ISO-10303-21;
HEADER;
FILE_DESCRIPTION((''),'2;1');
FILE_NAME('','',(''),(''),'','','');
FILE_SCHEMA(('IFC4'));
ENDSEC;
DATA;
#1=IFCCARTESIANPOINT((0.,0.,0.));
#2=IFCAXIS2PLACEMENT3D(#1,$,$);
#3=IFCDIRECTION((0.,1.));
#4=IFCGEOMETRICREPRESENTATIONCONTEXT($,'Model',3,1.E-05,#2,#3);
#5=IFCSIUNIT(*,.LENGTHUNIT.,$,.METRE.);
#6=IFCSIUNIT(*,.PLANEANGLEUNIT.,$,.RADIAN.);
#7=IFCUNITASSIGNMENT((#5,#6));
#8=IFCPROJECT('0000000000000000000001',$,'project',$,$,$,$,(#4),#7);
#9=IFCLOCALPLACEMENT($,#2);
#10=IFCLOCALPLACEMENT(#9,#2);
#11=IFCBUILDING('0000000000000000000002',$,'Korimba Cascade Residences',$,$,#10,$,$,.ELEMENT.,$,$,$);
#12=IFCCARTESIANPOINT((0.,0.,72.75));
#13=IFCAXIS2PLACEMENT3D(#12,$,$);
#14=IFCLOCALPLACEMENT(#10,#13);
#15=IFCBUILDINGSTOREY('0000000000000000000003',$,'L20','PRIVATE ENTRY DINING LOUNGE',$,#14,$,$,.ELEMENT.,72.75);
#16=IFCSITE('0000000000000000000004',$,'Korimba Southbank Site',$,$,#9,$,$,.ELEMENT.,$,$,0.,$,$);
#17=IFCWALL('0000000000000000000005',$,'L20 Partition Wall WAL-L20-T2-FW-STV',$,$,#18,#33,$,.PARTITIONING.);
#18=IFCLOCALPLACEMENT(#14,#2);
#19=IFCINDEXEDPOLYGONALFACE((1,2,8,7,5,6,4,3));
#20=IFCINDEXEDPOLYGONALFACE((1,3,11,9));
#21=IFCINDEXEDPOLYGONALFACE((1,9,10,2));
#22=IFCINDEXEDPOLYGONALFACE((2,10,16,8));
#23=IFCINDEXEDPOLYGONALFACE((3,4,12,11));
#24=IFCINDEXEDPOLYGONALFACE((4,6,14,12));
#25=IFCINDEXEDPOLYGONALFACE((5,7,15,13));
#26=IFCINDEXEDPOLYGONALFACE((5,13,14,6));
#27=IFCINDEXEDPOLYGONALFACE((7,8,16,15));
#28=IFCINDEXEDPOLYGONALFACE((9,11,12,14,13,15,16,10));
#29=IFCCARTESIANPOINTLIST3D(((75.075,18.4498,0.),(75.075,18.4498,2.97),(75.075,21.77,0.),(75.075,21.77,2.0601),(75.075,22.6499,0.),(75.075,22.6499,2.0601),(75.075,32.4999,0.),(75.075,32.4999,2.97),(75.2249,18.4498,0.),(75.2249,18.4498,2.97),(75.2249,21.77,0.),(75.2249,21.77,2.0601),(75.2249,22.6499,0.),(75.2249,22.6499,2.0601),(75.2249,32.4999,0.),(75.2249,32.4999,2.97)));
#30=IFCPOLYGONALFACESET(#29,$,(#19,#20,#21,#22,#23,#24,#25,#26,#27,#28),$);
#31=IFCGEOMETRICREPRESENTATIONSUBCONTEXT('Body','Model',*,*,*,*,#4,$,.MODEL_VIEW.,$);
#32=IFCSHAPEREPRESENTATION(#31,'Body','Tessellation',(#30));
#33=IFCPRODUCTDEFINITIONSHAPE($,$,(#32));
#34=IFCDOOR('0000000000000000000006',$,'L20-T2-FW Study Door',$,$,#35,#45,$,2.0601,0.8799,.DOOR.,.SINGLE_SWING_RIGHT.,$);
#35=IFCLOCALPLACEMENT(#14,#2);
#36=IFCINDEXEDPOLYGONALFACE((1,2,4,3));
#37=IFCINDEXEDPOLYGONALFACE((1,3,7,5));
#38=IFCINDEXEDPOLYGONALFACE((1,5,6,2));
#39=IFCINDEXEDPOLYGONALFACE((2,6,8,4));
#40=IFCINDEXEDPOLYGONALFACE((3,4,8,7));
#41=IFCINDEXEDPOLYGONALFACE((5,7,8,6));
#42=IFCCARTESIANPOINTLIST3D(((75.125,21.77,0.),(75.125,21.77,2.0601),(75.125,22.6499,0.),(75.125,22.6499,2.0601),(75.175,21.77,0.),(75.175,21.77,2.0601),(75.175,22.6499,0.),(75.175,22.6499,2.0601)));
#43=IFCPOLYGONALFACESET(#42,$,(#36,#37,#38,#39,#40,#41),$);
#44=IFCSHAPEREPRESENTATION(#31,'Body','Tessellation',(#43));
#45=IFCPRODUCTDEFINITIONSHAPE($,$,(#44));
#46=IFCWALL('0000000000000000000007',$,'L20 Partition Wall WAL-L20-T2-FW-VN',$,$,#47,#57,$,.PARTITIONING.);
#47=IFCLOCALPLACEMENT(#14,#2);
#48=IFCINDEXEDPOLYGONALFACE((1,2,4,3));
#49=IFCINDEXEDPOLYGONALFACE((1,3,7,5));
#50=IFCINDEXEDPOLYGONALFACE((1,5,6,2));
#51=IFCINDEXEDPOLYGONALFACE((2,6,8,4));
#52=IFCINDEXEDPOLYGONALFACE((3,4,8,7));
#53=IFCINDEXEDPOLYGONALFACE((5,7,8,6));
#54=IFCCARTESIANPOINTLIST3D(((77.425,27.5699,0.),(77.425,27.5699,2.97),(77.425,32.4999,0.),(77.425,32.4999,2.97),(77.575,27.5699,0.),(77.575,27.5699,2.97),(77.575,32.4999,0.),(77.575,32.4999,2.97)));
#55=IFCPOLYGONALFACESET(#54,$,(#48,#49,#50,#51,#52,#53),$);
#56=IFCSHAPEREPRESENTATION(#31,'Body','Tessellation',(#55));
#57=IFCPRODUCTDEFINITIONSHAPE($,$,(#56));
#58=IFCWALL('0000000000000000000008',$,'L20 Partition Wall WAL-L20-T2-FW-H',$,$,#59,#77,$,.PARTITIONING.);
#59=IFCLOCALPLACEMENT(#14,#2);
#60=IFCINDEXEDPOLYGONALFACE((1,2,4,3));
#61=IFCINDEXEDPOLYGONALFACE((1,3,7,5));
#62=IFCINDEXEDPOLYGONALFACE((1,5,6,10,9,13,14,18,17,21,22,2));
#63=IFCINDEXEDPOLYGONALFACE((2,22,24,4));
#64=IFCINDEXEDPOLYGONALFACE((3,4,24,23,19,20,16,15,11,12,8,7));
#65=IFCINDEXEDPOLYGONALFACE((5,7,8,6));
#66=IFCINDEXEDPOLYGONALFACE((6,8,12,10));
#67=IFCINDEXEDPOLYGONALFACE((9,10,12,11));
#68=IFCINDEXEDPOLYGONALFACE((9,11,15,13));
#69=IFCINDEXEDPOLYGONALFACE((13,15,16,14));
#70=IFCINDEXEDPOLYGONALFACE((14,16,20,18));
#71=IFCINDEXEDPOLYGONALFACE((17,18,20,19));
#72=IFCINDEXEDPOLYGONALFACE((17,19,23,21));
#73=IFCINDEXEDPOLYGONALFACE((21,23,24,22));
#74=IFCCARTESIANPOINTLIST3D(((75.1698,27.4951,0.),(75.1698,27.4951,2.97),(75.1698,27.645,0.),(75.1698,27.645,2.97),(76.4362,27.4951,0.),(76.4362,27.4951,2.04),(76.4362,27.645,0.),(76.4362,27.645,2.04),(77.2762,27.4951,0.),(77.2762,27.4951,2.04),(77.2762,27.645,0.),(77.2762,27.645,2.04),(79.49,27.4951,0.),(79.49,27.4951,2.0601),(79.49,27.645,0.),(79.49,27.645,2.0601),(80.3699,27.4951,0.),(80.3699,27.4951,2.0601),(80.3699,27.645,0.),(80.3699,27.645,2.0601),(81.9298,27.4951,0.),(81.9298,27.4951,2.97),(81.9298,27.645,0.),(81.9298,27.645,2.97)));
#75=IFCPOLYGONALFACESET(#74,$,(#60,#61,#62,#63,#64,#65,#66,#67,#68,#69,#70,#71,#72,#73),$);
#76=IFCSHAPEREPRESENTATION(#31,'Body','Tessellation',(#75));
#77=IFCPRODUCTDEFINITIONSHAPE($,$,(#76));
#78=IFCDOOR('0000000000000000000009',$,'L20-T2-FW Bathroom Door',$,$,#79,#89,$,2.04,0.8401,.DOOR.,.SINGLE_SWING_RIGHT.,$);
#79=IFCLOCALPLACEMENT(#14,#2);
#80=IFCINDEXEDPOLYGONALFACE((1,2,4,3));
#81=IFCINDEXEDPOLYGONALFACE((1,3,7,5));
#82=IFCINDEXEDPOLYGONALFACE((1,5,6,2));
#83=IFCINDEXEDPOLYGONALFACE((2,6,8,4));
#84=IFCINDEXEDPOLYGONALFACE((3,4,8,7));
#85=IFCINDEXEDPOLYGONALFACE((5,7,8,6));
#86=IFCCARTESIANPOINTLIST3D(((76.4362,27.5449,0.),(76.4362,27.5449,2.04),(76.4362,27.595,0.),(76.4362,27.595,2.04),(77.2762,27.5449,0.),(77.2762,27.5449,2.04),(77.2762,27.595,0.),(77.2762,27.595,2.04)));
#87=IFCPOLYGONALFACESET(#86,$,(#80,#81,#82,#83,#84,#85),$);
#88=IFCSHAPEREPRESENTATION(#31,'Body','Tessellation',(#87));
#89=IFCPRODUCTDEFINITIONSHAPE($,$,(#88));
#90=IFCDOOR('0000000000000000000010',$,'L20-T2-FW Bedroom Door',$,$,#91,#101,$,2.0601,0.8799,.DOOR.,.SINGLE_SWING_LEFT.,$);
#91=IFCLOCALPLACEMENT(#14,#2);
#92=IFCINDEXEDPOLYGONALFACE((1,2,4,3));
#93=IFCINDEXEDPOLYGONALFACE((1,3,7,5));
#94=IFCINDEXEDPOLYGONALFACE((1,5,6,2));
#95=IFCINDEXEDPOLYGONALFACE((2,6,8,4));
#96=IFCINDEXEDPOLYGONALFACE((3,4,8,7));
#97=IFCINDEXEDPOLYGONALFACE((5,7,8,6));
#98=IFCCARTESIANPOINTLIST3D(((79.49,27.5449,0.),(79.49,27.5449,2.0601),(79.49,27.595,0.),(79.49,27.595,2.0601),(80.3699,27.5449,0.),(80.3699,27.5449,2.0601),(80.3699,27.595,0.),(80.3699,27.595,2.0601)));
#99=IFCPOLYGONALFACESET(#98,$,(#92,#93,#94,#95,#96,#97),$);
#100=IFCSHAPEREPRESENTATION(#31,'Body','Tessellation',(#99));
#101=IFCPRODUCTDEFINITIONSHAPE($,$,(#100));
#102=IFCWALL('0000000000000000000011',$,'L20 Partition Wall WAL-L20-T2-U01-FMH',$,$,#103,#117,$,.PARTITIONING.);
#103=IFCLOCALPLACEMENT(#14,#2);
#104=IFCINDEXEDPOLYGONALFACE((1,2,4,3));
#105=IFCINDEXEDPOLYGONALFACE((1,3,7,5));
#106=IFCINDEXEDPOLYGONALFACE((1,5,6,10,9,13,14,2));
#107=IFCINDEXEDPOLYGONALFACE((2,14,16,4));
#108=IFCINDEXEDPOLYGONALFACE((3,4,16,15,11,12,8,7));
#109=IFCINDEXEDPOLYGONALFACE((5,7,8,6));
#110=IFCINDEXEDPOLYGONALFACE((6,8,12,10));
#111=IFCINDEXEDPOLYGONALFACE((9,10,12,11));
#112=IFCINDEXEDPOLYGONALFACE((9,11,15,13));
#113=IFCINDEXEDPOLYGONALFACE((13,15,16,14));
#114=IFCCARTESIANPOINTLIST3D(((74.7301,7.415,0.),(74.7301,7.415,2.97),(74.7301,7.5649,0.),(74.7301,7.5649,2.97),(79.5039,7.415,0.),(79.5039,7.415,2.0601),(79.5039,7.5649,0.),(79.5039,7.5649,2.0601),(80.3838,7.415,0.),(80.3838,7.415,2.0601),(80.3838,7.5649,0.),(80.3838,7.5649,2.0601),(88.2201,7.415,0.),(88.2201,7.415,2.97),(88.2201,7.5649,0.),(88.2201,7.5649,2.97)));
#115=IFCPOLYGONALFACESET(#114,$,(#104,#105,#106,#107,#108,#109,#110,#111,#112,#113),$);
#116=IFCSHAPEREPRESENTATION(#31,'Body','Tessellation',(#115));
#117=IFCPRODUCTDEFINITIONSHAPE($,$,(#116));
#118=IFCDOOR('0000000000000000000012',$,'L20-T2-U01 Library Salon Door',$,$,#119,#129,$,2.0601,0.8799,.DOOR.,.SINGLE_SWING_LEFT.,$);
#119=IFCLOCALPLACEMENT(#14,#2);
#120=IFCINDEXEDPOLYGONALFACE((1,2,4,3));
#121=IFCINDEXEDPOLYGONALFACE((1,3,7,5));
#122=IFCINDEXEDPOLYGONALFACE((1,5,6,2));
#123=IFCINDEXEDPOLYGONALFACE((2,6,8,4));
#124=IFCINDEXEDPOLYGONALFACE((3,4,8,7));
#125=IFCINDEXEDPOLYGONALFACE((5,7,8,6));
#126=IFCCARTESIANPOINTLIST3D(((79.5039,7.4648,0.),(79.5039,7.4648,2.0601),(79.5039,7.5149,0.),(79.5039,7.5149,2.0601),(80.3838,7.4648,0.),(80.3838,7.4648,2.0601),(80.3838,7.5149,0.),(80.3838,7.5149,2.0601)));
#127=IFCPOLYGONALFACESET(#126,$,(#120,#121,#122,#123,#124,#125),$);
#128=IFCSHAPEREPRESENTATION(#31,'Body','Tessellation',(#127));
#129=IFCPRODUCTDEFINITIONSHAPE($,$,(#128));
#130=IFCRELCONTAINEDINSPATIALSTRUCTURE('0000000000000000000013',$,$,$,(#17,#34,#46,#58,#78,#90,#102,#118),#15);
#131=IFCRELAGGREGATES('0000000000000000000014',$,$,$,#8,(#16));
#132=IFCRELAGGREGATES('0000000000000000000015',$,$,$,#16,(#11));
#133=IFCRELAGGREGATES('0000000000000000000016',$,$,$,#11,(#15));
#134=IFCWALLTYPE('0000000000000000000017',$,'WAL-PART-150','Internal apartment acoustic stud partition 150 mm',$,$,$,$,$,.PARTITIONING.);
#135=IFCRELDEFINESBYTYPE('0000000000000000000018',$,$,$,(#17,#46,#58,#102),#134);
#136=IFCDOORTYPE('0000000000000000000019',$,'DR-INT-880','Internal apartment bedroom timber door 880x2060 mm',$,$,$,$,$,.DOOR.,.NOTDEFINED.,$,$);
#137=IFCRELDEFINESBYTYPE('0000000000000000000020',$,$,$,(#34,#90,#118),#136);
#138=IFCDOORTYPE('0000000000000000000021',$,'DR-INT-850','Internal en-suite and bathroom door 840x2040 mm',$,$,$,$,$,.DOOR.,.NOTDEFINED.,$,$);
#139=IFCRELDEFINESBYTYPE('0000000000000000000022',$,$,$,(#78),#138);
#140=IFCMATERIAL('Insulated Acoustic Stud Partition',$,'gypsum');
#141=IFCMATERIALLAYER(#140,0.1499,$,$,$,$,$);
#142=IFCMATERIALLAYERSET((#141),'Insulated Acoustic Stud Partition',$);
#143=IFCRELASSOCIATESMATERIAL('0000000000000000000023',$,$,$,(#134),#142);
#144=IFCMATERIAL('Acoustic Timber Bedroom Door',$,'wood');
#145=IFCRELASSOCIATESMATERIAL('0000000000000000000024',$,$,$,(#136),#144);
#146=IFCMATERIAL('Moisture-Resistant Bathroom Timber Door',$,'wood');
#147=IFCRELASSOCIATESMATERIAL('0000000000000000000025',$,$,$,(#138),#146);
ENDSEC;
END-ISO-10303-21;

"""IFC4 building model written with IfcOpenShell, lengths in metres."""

from ifc_helpers import new_model, si_unit, direction, frame, frame_2d, origin, place, context, subcontext, project, spatial, rectangle, extrude, material, layer, layer_set, type_object, element, fill, save


model = new_model("IFC4")

# Units and contexts
model_context = context("Model", 3, precision=1e-05, world=origin(), true_north=direction((0.0, 1.0)))
body_context = subcontext(model_context, "Body", "Model", "MODEL_VIEW")
ifc_project = project(units=[si_unit("LENGTHUNIT", "METRE"), si_unit("PLANEANGLEUNIT", "RADIAN")], contexts=[model_context])

# Site, building, storey
site_placement = place(None, origin())
site = spatial("IfcSite", under=ifc_project, at=site_placement, Name="Korimba Southbank Site", CompositionType="ELEMENT", RefElevation=0.0)
building_placement = place(site_placement, origin())
building = spatial("IfcBuilding", under=site, at=building_placement, Name="Korimba Cascade Residences", CompositionType="ELEMENT")
storey_placement = place(building_placement, frame((0.0, 0.0, 72.75)))
storey = spatial("IfcBuildingStorey", under=building, at=storey_placement, Name="L20", Description="PRIVATE ENTRY DINING LOUNGE", CompositionType="ELEMENT", Elevation=72.75)

# Shared definitions
ifc_material_1 = material(Name="Insulated Acoustic Stud Partition", Category="gypsum")
ifc_layer_1 = layer(ifc_material_1, 0.1499)
ifc_layer_set_1 = layer_set([ifc_layer_1], Name="Insulated Acoustic Stud Partition")
wall_type_1 = type_object("IfcWallType", Name="WAL-PART-150", Description="Internal apartment acoustic stud partition 150 mm", PredefinedType="PARTITIONING", material=ifc_layer_set_1)

# Wall, opening, door
wall_1_placement = place(storey_placement, frame((75.1499, 18.45, 0.0), z_axis=(0.0, 0.0, 1.0), x_axis=(0.0, 1.0, 0.0)))
wall_1 = element("IfcWall", 1, at=wall_1_placement, inside=storey, type_object=wall_type_1, Name="L20 Partition Wall WAL-L20-T2-FW-STV", PredefinedType="PARTITIONING", context=body_context, shape_type="SweptSolid", body=[
    extrude(rectangle(XDim=14.05, YDim=0.1499, at=frame_2d((7.0249, 0.0))), origin(), (0.0, 0.0, 1.0), 2.97),
])
opening_1_placement = place(wall_1_placement, frame((3.3201, 0.0, 0.0)))
opening_1 = element("IfcOpeningElement", 2, at=opening_1_placement, cuts=wall_1, PredefinedType="OPENING", context=body_context, shape_type="SweptSolid", body=[
    extrude(rectangle(XDim=0.8799, YDim=2.0601, at=frame_2d((0.4399, 1.03))), frame((0.0, 0.085, 0.0), z_axis=(0.0, -1.0, 0.0), x_axis=(1.0, 0.0, 0.0)), (0.0, 0.0, 1.0), 0.1699),
])
ifc_material_2 = material(Name="Acoustic Timber Bedroom Door", Category="wood")
door_type_1 = type_object("IfcDoorType", Name="DR-INT-880", Description="Internal apartment bedroom timber door 880x2060 mm", OperationType="NOTDEFINED", PredefinedType="DOOR", material=ifc_material_2)
door_1_placement = place(opening_1_placement, origin())
door_1 = element("IfcDoor", 3, at=door_1_placement, inside=storey, type_object=door_type_1, Name="L20-T2-FW Study Door", OperationType="SINGLE_SWING_RIGHT", OverallHeight=2.0601, OverallWidth=0.8799, PredefinedType="DOOR", context=body_context, shape_type="SweptSolid", body=[
    extrude(rectangle(XDim=0.8799, YDim=2.0601, at=frame_2d((0.4399, 1.03))), frame((0.0, 0.0249, 0.0), z_axis=(0.0, -1.0, 0.0), x_axis=(1.0, 0.0, 0.0)), (0.0, 0.0, 1.0), 0.05),
])
fill(opening_1, door_1)

# Wall
wall_2_placement = place(storey_placement, frame((77.5, 27.5701, 0.0), z_axis=(0.0, 0.0, 1.0), x_axis=(0.0, 1.0, 0.0)))
element("IfcWall", 4, at=wall_2_placement, inside=storey, type_object=wall_type_1, Name="L20 Partition Wall WAL-L20-T2-FW-VN", PredefinedType="PARTITIONING", context=body_context, shape_type="SweptSolid", body=[
    extrude(rectangle(XDim=4.9299, YDim=0.1499, at=frame_2d((2.4648, 0.0))), origin(), (0.0, 0.0, 1.0), 2.97),
])

# Wall, openings, doors
wall_3_placement = place(storey_placement, frame((75.1699, 27.5701, 0.0), z_axis=(0.0, 0.0, 1.0), x_axis=(1.0, 0.0, 0.0)))
wall_3 = element("IfcWall", 5, at=wall_3_placement, inside=storey, type_object=wall_type_1, Name="L20 Partition Wall WAL-L20-T2-FW-H", PredefinedType="PARTITIONING", context=body_context, shape_type="SweptSolid", body=[
    extrude(rectangle(XDim=6.76, YDim=0.1499, at=frame_2d((3.3799, 0.0))), origin(), (0.0, 0.0, 1.0), 2.97),
])
opening_2_placement = place(wall_3_placement, frame((1.2664, 0.0, 0.0)))
opening_2 = element("IfcOpeningElement", 6, at=opening_2_placement, cuts=wall_3, PredefinedType="OPENING", context=body_context, shape_type="SweptSolid", body=[
    extrude(rectangle(XDim=0.8401, YDim=2.04, at=frame_2d((0.4199, 1.02))), frame((0.0, 0.085, 0.0), z_axis=(0.0, -1.0, 0.0), x_axis=(1.0, 0.0, 0.0)), (0.0, 0.0, 1.0), 0.1699),
])
opening_3_placement = place(wall_3_placement, frame((4.3201, 0.0, 0.0)))
opening_3 = element("IfcOpeningElement", 7, at=opening_3_placement, cuts=wall_3, PredefinedType="OPENING", context=body_context, shape_type="SweptSolid", body=[
    extrude(rectangle(XDim=0.8799, YDim=2.0601, at=frame_2d((0.4399, 1.03))), frame((0.0, 0.085, 0.0), z_axis=(0.0, -1.0, 0.0), x_axis=(1.0, 0.0, 0.0)), (0.0, 0.0, 1.0), 0.1699),
])
ifc_material_3 = material(Name="Moisture-Resistant Bathroom Timber Door", Category="wood")
door_type_2 = type_object("IfcDoorType", Name="DR-INT-850", Description="Internal en-suite and bathroom door 840x2040 mm", OperationType="NOTDEFINED", PredefinedType="DOOR", material=ifc_material_3)
door_2_placement = place(opening_2_placement, origin())
door_2 = element("IfcDoor", 8, at=door_2_placement, inside=storey, type_object=door_type_2, Name="L20-T2-FW Bathroom Door", OperationType="SINGLE_SWING_RIGHT", OverallHeight=2.04, OverallWidth=0.8401, PredefinedType="DOOR", context=body_context, shape_type="SweptSolid", body=[
    extrude(rectangle(XDim=0.8401, YDim=2.04, at=frame_2d((0.4199, 1.02))), frame((0.0, 0.0249, 0.0), z_axis=(0.0, -1.0, 0.0), x_axis=(1.0, 0.0, 0.0)), (0.0, 0.0, 1.0), 0.05),
])
fill(opening_2, door_2)
door_3_placement = place(opening_3_placement, origin())
door_3 = element("IfcDoor", 9, at=door_3_placement, inside=storey, type_object=door_type_1, Name="L20-T2-FW Bedroom Door", OperationType="SINGLE_SWING_LEFT", OverallHeight=2.0601, OverallWidth=0.8799, PredefinedType="DOOR", context=body_context, shape_type="SweptSolid", body=[
    extrude(rectangle(XDim=0.8799, YDim=2.0601, at=frame_2d((0.4399, 1.03))), frame((0.0, 0.0249, 0.0), z_axis=(0.0, -1.0, 0.0), x_axis=(1.0, 0.0, 0.0)), (0.0, 0.0, 1.0), 0.05),
])
fill(opening_3, door_3)

# Wall, opening, door
wall_4_placement = place(storey_placement, frame((74.73, 7.49, 0.0), z_axis=(0.0, 0.0, 1.0), x_axis=(1.0, 0.0, 0.0)))
wall_4 = element("IfcWall", 10, at=wall_4_placement, inside=storey, type_object=wall_type_1, Name="L20 Partition Wall WAL-L20-T2-U01-FMH", PredefinedType="PARTITIONING", context=body_context, shape_type="SweptSolid", body=[
    extrude(rectangle(XDim=13.49, YDim=0.1499, at=frame_2d((6.7451, 0.0))), origin(), (0.0, 0.0, 1.0), 2.97),
])
opening_4_placement = place(wall_4_placement, frame((4.7739, 0.0, 0.0)))
opening_4 = element("IfcOpeningElement", 11, at=opening_4_placement, cuts=wall_4, PredefinedType="OPENING", context=body_context, shape_type="SweptSolid", body=[
    extrude(rectangle(XDim=0.8799, YDim=2.0601, at=frame_2d((0.4399, 1.03))), frame((0.0, 0.085, 0.0), z_axis=(0.0, -1.0, 0.0), x_axis=(1.0, 0.0, 0.0)), (0.0, 0.0, 1.0), 0.1699),
])
door_4_placement = place(opening_4_placement, origin())
door_4 = element("IfcDoor", 12, at=door_4_placement, inside=storey, type_object=door_type_1, Name="L20-T2-U01 Library Salon Door", OperationType="SINGLE_SWING_LEFT", OverallHeight=2.0601, OverallWidth=0.8799, PredefinedType="DOOR", context=body_context, shape_type="SweptSolid", body=[
    extrude(rectangle(XDim=0.8799, YDim=2.0601, at=frame_2d((0.4399, 1.03))), frame((0.0, 0.0249, 0.0), z_axis=(0.0, -1.0, 0.0), x_axis=(1.0, 0.0, 0.0)), (0.0, 0.0, 1.0), 0.05),
])
fill(opening_4, door_4)

save(model, "model.ifc")
